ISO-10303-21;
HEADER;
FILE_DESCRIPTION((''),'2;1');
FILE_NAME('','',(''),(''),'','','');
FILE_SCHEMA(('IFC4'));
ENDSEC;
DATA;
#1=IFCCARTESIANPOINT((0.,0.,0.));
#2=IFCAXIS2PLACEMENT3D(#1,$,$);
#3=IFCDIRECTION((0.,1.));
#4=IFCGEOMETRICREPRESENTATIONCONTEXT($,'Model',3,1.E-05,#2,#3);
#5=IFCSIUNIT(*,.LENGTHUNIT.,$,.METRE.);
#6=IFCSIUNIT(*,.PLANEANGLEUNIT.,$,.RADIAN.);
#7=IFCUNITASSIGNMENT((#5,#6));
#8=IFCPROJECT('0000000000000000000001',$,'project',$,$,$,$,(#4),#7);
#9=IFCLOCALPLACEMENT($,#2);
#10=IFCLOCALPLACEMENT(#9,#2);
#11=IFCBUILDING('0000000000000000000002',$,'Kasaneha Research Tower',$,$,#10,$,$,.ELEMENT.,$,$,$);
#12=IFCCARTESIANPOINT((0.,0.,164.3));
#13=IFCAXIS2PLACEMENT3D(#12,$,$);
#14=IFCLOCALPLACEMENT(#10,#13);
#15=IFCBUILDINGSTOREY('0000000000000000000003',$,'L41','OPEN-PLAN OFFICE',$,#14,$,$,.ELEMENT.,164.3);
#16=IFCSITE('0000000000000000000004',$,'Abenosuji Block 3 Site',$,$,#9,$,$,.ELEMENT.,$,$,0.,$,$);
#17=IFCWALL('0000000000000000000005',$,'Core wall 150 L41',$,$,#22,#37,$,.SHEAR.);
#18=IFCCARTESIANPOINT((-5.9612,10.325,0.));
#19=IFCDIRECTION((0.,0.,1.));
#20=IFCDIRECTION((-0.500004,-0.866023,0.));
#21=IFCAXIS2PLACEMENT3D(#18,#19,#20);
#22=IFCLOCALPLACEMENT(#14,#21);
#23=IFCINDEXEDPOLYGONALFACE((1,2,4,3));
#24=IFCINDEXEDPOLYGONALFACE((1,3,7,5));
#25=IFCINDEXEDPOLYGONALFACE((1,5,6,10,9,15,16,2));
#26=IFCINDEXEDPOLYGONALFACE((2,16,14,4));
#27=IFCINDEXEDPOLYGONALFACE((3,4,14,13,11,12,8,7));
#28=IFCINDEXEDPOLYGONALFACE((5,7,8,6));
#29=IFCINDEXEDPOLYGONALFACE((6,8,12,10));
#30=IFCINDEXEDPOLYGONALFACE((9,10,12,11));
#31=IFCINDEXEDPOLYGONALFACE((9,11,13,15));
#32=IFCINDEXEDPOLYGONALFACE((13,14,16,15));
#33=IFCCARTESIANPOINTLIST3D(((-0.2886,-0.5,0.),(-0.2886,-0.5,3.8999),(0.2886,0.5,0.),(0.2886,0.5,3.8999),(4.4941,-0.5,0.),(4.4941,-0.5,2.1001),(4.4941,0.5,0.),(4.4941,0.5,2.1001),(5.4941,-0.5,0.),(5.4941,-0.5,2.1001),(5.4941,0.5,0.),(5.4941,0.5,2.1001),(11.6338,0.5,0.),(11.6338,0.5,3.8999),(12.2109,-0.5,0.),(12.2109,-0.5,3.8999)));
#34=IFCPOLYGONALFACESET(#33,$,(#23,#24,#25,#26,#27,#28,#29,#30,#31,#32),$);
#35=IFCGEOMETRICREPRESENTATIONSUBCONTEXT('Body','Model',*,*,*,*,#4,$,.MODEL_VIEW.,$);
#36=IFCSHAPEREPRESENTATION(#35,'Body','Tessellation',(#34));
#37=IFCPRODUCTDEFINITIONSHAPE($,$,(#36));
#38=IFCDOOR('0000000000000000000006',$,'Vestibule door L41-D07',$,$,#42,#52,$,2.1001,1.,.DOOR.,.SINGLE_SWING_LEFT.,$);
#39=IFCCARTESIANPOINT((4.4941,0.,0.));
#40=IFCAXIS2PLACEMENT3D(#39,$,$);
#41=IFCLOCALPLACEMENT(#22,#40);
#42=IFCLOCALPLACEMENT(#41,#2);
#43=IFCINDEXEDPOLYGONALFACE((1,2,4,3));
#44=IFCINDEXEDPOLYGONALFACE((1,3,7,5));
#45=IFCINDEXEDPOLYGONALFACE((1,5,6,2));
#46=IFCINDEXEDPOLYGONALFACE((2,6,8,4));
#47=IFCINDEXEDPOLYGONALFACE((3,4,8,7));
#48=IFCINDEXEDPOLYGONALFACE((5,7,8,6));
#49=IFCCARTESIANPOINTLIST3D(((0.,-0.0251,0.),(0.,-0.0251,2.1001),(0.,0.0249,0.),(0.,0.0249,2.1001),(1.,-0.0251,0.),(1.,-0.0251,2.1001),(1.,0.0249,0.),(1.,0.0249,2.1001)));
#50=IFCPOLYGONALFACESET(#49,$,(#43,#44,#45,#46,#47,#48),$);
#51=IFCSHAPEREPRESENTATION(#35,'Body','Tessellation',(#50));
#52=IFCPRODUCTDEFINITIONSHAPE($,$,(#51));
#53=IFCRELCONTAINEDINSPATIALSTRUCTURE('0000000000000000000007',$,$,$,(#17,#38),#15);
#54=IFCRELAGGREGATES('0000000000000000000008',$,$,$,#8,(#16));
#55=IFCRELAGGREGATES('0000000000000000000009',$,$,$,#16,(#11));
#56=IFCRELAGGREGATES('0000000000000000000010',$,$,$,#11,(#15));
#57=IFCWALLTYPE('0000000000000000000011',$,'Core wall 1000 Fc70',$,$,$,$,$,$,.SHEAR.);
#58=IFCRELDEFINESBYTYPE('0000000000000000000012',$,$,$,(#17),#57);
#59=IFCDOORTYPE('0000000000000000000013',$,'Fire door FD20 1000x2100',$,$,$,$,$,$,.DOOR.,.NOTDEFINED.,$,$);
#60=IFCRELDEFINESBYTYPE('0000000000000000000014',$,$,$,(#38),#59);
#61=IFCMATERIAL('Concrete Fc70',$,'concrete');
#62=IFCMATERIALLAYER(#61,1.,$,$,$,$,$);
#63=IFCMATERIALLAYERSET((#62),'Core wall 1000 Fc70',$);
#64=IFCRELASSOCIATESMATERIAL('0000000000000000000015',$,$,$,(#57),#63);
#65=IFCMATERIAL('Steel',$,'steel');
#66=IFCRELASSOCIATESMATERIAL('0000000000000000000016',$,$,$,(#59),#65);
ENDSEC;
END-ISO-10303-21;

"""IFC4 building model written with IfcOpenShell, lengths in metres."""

from ifc_helpers import new_model, si_unit, direction, frame, frame_2d, origin, place, context, subcontext, project, spatial, polyline, rectangle, outline, extrude, material, layer, layer_set, type_object, element, fill, save


model = new_model("IFC4")

# Units and contexts
model_context = context("Model", 3, precision=1e-05, world=origin(), true_north=direction((0.0, 1.0)))
body_context = subcontext(model_context, "Body", "Model", "MODEL_VIEW")
ifc_project = project(units=[si_unit("LENGTHUNIT", "METRE"), si_unit("PLANEANGLEUNIT", "RADIAN")], contexts=[model_context])

# Site, building, storey
site_placement = place(None, origin())
site = spatial("IfcSite", under=ifc_project, at=site_placement, Name="Abenosuji Block 3 Site", CompositionType="ELEMENT", RefElevation=0.0)
building_placement = place(site_placement, origin())
building = spatial("IfcBuilding", under=site, at=building_placement, Name="Kasaneha Research Tower", CompositionType="ELEMENT")
storey_placement = place(building_placement, frame((0.0, 0.0, 164.3)))
storey = spatial("IfcBuildingStorey", under=building, at=storey_placement, Name="L41", Description="OPEN-PLAN OFFICE", CompositionType="ELEMENT", Elevation=164.3)

# Wall, opening, door
ifc_material_1 = material(Name="Concrete Fc70", Category="concrete")
ifc_layer_1 = layer(ifc_material_1, 1.0)
ifc_layer_set_1 = layer_set([ifc_layer_1], Name="Core wall 1000 Fc70")
wall_type_1 = type_object("IfcWallType", Name="Core wall 1000 Fc70", PredefinedType="SHEAR", material=ifc_layer_set_1)
wall_1_placement = place(storey_placement, frame((-5.9612, 10.325, 0.0), z_axis=(0.0, 0.0, 1.0), x_axis=(-0.500004, -0.866023, 0.0)))
wall_1 = element("IfcWall", 1, at=wall_1_placement, inside=storey, type_object=wall_type_1, Name="Core wall 150 L41", PredefinedType="SHEAR", context=body_context, shape_type="SweptSolid", body=[
    extrude(outline(polyline([(-0.2886, -0.5), (4.4941, -0.5), (5.4941, -0.5), (12.2109, -0.5), (11.6338, 0.5), (5.4941, 0.5), (4.4941, 0.5), (0.2886, 0.5), (-0.2886, -0.5)])), origin(), (0.0, 0.0, 1.0), 3.8999),
])
opening_1_placement = place(wall_1_placement, frame((4.4941, 0.0, 0.0)))
opening_1 = element("IfcOpeningElement", 2, at=opening_1_placement, cuts=wall_1, PredefinedType="OPENING", context=body_context, shape_type="SweptSolid", body=[
    extrude(rectangle(XDim=1.0, YDim=2.1001, at=frame_2d((0.5, 1.05))), frame((0.0, 0.51, 0.0), z_axis=(0.0, -1.0, 0.0), x_axis=(1.0, 0.0, 0.0)), (0.0, 0.0, 1.0), 1.02),
])
ifc_material_2 = material(Name="Steel", Category="steel")
door_type_1 = type_object("IfcDoorType", Name="Fire door FD20 1000x2100", OperationType="NOTDEFINED", PredefinedType="DOOR", material=ifc_material_2)
door_1_placement = place(opening_1_placement, origin())
door_1 = element("IfcDoor", 3, at=door_1_placement, inside=storey, type_object=door_type_1, Name="Vestibule door L41-D07", OperationType="SINGLE_SWING_LEFT", OverallHeight=2.1001, OverallWidth=1.0, PredefinedType="DOOR", context=body_context, shape_type="SweptSolid", body=[
    extrude(rectangle(XDim=1.0, YDim=2.1001, at=frame_2d((0.5, 1.05))), frame((0.0, 0.0249, 0.0), z_axis=(0.0, -1.0, 0.0), x_axis=(1.0, 0.0, 0.0)), (0.0, 0.0, 1.0), 0.05),
])
fill(opening_1, door_1)

save(model, "model.ifc")
